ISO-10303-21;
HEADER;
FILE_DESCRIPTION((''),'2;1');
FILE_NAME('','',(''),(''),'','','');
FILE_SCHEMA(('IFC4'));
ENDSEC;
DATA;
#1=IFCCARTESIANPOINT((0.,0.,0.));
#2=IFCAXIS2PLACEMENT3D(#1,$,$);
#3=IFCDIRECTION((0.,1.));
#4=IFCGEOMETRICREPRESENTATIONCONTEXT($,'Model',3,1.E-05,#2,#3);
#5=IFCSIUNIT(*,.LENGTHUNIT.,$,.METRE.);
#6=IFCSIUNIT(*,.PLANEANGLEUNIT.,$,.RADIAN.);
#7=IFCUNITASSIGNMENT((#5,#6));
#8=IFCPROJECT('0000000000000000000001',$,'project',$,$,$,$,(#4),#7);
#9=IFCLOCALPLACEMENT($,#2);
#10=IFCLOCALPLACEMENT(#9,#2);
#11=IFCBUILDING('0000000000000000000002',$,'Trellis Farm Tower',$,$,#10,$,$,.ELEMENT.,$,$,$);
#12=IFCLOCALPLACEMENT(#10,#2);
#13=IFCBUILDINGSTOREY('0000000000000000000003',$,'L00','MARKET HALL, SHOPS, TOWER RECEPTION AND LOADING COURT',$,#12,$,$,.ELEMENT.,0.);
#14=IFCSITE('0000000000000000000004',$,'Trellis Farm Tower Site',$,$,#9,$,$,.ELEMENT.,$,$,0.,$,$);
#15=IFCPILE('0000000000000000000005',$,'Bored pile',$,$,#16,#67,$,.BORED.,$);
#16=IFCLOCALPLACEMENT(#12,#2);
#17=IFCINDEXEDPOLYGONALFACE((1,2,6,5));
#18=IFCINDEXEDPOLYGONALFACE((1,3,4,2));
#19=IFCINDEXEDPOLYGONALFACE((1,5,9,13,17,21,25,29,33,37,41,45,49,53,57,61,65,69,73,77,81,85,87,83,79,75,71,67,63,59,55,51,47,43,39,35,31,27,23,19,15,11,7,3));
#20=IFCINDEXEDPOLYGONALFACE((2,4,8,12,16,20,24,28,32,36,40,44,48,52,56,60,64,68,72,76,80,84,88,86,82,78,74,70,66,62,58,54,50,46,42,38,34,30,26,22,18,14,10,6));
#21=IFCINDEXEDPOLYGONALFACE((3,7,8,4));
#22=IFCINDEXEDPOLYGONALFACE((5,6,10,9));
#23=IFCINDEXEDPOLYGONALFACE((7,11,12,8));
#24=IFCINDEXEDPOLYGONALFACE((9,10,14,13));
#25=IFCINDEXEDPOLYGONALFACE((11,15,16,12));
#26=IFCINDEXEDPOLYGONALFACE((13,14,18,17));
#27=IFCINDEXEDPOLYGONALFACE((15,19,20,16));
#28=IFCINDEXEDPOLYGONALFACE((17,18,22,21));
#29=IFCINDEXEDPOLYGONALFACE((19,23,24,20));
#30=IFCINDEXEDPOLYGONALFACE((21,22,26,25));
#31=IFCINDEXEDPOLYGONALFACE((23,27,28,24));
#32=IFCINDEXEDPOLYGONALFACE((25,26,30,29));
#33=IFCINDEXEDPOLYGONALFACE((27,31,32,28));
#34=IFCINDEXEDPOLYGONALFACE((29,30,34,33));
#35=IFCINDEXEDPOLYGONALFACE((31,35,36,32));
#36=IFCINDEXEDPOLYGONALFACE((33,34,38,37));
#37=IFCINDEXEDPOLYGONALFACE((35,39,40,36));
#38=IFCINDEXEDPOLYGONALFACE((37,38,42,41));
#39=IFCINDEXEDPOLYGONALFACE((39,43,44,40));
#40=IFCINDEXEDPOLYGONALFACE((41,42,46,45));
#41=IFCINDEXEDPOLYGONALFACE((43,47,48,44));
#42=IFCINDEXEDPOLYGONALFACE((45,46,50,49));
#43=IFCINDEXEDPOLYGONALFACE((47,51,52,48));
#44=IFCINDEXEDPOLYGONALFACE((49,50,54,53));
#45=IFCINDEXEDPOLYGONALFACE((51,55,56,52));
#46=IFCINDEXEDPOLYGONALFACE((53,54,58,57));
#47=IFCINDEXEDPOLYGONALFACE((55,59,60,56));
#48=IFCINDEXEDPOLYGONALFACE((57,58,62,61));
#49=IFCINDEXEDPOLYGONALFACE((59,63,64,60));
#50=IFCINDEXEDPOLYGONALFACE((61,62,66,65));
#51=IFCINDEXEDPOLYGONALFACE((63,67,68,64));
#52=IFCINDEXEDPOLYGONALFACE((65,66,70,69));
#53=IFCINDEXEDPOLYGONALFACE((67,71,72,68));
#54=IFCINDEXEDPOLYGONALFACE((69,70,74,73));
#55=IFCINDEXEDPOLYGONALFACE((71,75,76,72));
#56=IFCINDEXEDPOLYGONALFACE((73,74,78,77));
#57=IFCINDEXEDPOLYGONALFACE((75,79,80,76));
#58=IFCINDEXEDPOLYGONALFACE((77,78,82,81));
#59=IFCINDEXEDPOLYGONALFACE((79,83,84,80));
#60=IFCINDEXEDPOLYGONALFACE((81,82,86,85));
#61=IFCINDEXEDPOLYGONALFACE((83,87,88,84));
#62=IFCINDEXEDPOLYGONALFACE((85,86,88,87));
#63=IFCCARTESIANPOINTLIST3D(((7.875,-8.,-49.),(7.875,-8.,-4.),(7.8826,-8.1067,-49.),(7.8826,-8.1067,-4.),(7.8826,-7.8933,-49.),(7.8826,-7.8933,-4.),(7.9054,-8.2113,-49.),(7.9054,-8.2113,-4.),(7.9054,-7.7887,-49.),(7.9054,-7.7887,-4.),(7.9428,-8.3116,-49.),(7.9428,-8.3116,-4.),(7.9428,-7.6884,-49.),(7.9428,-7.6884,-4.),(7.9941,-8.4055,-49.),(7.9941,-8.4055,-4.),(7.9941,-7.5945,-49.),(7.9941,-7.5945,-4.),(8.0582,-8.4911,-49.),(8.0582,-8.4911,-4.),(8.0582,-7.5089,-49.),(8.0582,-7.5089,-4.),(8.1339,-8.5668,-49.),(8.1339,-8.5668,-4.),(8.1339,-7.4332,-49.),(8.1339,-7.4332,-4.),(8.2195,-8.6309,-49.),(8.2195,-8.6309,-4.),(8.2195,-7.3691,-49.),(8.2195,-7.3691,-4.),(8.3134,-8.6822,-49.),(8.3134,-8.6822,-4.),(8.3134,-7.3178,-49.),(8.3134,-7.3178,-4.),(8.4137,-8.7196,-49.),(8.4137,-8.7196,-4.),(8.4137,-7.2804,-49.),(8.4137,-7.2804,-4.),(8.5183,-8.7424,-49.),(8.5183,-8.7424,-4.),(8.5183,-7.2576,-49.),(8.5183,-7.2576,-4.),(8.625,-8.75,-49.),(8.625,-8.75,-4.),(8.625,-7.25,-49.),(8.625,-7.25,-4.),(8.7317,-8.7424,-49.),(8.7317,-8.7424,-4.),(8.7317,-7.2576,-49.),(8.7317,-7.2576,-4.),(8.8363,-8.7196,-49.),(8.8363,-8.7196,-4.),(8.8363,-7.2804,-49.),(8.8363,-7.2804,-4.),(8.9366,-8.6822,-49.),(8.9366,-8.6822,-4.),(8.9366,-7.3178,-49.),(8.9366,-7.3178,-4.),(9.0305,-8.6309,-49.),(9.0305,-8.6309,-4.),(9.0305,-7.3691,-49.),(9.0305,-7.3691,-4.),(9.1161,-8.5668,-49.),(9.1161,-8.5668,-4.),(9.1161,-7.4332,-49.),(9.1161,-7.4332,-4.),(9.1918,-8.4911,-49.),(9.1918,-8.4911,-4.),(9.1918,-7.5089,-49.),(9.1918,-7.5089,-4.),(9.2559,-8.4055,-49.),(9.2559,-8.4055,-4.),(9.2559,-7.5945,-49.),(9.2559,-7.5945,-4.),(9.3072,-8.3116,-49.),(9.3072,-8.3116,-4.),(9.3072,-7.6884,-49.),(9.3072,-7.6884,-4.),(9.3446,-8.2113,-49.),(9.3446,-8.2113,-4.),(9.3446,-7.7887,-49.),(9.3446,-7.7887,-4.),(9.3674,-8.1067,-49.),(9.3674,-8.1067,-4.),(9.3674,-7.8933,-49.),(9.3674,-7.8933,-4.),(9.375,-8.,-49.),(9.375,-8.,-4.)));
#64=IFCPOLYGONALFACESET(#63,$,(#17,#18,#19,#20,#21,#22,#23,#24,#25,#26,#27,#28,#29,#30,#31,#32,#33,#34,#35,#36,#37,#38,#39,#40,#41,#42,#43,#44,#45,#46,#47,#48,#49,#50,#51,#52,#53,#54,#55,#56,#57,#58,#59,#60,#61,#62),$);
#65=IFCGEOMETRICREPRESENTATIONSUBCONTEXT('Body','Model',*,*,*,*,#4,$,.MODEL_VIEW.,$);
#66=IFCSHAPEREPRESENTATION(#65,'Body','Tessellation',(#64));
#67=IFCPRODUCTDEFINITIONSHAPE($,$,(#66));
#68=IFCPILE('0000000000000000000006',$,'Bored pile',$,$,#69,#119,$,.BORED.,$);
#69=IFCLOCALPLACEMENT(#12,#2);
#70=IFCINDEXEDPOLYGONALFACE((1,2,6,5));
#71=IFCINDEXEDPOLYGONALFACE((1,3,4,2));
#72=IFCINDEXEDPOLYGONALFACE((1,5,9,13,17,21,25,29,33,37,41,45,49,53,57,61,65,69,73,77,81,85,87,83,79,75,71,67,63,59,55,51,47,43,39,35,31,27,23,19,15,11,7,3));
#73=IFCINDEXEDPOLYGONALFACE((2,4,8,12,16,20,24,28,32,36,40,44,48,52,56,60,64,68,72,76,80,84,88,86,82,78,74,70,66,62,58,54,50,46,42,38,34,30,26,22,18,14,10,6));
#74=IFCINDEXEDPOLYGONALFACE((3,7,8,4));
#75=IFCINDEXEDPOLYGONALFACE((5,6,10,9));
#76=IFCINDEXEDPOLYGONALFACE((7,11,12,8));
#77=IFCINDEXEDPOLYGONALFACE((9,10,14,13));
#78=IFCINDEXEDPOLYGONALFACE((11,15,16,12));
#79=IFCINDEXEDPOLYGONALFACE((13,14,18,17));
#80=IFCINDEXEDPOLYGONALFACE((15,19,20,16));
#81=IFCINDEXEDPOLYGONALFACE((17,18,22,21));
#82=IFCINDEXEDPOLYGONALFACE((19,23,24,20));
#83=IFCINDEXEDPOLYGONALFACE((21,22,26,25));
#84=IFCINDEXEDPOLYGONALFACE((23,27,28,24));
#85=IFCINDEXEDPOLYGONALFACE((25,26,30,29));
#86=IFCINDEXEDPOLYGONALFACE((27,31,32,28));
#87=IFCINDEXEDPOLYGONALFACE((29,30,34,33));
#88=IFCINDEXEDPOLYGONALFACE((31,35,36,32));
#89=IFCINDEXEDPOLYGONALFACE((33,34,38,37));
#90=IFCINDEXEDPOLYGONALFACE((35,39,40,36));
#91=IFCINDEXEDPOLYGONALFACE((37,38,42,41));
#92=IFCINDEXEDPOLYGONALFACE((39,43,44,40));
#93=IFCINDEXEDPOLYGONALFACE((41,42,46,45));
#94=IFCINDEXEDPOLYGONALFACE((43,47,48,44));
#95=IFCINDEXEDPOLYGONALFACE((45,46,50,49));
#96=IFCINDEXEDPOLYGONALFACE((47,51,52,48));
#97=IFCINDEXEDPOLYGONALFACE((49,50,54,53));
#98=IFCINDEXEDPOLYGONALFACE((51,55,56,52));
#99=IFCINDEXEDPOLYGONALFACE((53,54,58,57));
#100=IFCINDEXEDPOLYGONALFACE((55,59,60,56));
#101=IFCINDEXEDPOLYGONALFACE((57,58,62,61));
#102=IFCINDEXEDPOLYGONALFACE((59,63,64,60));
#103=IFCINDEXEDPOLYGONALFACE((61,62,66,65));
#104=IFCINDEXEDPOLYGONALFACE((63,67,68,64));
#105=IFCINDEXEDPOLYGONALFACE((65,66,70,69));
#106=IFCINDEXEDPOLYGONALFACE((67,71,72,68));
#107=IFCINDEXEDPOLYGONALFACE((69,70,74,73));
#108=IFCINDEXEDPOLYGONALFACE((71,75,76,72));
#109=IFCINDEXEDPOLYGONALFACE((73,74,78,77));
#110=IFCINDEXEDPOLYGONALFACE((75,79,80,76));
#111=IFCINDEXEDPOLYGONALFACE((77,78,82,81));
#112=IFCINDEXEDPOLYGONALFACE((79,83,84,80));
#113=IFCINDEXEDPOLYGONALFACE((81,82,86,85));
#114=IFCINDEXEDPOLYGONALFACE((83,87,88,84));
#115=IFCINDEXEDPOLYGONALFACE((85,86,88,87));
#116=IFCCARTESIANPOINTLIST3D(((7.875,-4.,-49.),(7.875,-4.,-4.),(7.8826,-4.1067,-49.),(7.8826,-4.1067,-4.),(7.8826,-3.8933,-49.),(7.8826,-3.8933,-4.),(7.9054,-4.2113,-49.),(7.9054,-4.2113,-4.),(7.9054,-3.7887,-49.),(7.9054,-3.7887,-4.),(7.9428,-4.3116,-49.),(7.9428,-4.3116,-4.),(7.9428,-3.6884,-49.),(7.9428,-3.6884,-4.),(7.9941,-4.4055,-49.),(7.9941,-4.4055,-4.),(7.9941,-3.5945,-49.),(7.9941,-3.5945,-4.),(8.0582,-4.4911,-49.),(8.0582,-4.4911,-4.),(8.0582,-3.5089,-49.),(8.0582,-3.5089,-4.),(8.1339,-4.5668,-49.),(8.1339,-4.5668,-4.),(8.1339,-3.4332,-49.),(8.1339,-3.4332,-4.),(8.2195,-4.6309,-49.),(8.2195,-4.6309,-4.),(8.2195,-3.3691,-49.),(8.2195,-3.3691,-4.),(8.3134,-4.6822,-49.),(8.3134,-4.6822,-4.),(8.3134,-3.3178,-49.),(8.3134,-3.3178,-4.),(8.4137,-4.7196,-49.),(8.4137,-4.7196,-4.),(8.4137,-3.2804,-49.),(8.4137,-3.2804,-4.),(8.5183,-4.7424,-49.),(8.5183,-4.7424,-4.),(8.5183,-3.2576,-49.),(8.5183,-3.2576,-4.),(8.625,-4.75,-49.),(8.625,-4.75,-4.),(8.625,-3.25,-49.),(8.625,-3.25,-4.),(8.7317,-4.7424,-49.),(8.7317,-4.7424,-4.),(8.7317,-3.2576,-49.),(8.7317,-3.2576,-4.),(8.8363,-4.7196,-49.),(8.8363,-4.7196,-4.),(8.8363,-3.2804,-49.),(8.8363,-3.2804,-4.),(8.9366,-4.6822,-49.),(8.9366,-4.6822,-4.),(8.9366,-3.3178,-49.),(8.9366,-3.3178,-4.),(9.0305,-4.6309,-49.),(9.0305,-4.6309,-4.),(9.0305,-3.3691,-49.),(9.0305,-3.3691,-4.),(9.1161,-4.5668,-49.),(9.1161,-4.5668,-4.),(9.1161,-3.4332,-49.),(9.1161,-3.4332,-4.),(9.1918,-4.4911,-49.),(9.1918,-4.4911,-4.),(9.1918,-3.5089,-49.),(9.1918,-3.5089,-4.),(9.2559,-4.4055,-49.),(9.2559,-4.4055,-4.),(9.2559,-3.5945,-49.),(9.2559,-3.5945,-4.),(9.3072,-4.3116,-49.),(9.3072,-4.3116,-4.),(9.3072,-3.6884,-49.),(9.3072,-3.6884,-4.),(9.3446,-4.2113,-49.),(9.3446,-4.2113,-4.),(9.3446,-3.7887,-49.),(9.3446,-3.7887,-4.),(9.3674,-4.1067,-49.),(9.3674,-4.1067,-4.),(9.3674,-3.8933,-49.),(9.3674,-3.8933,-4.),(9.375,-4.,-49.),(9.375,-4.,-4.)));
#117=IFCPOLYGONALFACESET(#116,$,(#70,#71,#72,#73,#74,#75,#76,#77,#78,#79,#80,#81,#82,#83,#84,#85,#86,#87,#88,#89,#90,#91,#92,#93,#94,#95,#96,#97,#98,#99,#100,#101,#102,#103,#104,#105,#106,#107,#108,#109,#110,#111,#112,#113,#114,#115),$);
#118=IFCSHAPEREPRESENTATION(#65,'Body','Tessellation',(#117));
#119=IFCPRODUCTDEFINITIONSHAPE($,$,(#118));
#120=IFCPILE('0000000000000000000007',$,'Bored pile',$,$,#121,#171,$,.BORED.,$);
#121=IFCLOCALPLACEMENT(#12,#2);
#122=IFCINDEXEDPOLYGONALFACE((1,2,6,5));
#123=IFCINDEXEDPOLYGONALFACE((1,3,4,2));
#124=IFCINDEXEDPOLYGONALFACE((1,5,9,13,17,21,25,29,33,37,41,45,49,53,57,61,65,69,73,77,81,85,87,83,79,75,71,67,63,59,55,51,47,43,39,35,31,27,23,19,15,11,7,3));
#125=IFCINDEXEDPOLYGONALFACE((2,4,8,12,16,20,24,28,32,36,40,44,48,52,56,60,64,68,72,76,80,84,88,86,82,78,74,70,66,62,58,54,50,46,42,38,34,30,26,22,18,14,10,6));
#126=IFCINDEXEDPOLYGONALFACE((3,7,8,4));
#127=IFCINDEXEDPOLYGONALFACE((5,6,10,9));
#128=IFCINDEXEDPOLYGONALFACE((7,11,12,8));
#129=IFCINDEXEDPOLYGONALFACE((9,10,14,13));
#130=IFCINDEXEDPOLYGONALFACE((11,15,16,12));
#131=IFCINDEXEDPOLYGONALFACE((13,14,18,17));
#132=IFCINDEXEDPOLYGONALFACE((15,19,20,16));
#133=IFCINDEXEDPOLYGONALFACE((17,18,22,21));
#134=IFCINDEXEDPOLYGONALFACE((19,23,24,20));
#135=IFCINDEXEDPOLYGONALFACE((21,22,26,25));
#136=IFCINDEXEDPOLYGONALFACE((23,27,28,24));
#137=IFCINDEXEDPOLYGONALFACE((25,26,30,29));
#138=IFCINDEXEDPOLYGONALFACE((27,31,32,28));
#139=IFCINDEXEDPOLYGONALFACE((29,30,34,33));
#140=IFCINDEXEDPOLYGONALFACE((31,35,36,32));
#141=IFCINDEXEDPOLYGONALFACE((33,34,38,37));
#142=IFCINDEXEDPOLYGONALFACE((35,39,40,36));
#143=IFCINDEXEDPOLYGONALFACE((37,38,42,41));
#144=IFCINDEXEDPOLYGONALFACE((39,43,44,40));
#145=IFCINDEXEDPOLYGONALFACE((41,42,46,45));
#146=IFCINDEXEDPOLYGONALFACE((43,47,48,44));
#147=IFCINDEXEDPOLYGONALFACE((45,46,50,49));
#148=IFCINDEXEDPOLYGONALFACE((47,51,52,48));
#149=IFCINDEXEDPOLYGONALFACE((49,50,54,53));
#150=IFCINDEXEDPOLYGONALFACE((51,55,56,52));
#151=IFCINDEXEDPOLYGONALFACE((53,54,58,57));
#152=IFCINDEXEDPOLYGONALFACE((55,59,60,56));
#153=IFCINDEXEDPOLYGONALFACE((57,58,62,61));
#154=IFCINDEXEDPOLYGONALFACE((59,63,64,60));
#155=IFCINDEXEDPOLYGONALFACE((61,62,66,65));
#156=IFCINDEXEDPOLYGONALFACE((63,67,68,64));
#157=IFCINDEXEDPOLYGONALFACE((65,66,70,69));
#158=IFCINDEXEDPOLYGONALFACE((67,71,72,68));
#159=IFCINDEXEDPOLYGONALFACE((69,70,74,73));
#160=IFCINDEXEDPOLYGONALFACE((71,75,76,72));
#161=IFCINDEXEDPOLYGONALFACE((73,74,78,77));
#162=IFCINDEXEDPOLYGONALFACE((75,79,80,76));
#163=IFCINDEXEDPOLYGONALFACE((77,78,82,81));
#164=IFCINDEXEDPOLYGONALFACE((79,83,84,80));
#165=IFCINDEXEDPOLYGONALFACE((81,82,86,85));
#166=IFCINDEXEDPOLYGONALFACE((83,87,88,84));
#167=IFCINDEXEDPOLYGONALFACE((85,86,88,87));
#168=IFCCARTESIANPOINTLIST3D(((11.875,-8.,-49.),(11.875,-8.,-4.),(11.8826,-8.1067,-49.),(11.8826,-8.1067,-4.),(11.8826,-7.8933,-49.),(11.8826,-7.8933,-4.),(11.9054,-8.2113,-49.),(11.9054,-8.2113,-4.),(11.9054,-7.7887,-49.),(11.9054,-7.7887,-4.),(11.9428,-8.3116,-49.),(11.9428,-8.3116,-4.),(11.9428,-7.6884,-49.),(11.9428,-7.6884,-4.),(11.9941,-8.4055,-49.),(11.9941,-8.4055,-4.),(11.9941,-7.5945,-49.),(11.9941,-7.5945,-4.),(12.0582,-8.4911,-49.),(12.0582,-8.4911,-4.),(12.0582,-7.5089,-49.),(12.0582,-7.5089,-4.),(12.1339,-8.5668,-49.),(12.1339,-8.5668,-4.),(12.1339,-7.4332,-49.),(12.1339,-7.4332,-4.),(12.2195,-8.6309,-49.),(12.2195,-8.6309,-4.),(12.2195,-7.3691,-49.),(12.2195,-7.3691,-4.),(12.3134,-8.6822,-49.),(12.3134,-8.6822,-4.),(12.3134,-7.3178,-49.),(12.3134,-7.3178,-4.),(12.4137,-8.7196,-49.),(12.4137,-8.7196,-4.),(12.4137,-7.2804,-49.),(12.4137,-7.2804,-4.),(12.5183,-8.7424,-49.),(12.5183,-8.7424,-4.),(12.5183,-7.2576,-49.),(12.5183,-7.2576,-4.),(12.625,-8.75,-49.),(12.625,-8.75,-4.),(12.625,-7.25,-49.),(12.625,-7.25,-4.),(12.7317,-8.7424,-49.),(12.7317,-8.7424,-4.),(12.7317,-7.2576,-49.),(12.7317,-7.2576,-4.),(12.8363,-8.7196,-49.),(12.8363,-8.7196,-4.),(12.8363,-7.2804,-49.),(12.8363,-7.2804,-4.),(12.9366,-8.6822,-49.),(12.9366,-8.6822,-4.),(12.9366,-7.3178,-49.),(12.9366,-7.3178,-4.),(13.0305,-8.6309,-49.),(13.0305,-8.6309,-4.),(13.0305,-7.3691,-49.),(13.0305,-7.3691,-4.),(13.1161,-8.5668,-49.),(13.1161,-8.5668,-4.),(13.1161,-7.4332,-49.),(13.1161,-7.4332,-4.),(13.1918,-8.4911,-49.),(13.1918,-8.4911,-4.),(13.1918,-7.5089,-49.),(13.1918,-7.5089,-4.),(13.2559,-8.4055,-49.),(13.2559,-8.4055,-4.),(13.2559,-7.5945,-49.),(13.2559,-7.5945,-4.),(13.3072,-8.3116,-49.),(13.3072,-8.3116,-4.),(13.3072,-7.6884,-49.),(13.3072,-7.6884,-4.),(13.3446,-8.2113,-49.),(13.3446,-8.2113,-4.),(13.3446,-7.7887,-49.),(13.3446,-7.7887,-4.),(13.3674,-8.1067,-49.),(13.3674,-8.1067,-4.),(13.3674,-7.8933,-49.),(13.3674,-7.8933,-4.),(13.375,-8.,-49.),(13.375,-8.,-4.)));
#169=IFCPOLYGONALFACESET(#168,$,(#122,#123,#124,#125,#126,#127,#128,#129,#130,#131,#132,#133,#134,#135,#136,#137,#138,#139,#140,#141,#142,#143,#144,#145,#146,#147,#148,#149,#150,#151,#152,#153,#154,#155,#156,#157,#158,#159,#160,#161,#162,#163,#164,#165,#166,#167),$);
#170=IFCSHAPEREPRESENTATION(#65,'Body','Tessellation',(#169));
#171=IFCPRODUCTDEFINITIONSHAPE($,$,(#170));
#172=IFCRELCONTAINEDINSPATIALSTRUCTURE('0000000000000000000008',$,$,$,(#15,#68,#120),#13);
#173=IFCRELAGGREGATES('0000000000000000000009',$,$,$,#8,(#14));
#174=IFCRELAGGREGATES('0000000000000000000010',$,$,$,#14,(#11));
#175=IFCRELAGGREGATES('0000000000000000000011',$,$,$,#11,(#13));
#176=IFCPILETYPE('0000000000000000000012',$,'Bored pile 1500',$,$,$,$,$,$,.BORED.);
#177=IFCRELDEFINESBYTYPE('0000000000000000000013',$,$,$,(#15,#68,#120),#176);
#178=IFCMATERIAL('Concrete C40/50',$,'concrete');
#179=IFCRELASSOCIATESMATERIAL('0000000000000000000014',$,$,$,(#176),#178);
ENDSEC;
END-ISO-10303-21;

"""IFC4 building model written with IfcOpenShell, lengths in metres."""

from ifc_helpers import new_model, si_unit, direction, frame, origin, origin_2d, place, context, subcontext, project, spatial, circle, extrude, source, transform, mapped, material, material_profile, profile_set, type_object, element, save


model = new_model("IFC4")

# Units and contexts
model_context = context("Model", 3, precision=1e-05, world=origin(), true_north=direction((0.0, 1.0)))
body_context = subcontext(model_context, "Body", "Model", "MODEL_VIEW")
ifc_project = project(units=[si_unit("LENGTHUNIT", "METRE"), si_unit("PLANEANGLEUNIT", "RADIAN")], contexts=[model_context])

# Site, building, storey
site_placement = place(None, origin())
site = spatial("IfcSite", under=ifc_project, at=site_placement, Name="Trellis Farm Tower Site", CompositionType="ELEMENT", RefElevation=0.0)
building_placement = place(site_placement, origin())
building = spatial("IfcBuilding", under=site, at=building_placement, Name="Trellis Farm Tower", CompositionType="ELEMENT")
storey_placement = place(building_placement, origin())
storey = spatial("IfcBuildingStorey", under=building, at=storey_placement, Name="L00", Description="MARKET HALL, SHOPS, TOWER RECEPTION AND LOADING COURT", CompositionType="ELEMENT", Elevation=0.0)

# Piles
ifc_material_1 = material(Name="Concrete C40/50", Category="concrete")
ifc_material_profile = material_profile(ifc_material_1, circle(Radius=0.75, at=origin_2d()), Name="Bored pile 1500")
ifc_profile_set = profile_set([ifc_material_profile], Name="Concrete C40/50")
pile_type = type_object("IfcPileType", Name="Bored pile 1500", PredefinedType="BORED", material=ifc_profile_set)
shared_shape_1 = source(origin(), body_context, "Body", "SweptSolid", [
    extrude(circle(Radius=0.75, at=origin_2d()), origin(), (0.0, 0.0, 1.0), 45.0),
])
for number, where, z_axis, x_axis, name in (
    (1, (8.625, -8.0, -4.0), (0.0, 0.0, -1.0), (1.0, 0.0, 0.0), "Bored pile"),
    (2, (8.625, -4.0, -4.0), (0.0, 0.0, -1.0), (1.0, 0.0, 0.0), "Bored pile"),
    (3, (12.625, -8.0, -4.0), (0.0, 0.0, -1.0), (1.0, 0.0, 0.0), "Bored pile"),
):
    element("IfcPile", number, at=place(storey_placement, frame(where, z_axis=z_axis, x_axis=x_axis)), inside=storey, type_object=pile_type, Name=name, PredefinedType="BORED", context=body_context, shape_type="MappedRepresentation", body=[
        mapped(shared_shape_1, transform((0.0, 0.0, 0.0))),
    ])

save(model, "model.ifc")
